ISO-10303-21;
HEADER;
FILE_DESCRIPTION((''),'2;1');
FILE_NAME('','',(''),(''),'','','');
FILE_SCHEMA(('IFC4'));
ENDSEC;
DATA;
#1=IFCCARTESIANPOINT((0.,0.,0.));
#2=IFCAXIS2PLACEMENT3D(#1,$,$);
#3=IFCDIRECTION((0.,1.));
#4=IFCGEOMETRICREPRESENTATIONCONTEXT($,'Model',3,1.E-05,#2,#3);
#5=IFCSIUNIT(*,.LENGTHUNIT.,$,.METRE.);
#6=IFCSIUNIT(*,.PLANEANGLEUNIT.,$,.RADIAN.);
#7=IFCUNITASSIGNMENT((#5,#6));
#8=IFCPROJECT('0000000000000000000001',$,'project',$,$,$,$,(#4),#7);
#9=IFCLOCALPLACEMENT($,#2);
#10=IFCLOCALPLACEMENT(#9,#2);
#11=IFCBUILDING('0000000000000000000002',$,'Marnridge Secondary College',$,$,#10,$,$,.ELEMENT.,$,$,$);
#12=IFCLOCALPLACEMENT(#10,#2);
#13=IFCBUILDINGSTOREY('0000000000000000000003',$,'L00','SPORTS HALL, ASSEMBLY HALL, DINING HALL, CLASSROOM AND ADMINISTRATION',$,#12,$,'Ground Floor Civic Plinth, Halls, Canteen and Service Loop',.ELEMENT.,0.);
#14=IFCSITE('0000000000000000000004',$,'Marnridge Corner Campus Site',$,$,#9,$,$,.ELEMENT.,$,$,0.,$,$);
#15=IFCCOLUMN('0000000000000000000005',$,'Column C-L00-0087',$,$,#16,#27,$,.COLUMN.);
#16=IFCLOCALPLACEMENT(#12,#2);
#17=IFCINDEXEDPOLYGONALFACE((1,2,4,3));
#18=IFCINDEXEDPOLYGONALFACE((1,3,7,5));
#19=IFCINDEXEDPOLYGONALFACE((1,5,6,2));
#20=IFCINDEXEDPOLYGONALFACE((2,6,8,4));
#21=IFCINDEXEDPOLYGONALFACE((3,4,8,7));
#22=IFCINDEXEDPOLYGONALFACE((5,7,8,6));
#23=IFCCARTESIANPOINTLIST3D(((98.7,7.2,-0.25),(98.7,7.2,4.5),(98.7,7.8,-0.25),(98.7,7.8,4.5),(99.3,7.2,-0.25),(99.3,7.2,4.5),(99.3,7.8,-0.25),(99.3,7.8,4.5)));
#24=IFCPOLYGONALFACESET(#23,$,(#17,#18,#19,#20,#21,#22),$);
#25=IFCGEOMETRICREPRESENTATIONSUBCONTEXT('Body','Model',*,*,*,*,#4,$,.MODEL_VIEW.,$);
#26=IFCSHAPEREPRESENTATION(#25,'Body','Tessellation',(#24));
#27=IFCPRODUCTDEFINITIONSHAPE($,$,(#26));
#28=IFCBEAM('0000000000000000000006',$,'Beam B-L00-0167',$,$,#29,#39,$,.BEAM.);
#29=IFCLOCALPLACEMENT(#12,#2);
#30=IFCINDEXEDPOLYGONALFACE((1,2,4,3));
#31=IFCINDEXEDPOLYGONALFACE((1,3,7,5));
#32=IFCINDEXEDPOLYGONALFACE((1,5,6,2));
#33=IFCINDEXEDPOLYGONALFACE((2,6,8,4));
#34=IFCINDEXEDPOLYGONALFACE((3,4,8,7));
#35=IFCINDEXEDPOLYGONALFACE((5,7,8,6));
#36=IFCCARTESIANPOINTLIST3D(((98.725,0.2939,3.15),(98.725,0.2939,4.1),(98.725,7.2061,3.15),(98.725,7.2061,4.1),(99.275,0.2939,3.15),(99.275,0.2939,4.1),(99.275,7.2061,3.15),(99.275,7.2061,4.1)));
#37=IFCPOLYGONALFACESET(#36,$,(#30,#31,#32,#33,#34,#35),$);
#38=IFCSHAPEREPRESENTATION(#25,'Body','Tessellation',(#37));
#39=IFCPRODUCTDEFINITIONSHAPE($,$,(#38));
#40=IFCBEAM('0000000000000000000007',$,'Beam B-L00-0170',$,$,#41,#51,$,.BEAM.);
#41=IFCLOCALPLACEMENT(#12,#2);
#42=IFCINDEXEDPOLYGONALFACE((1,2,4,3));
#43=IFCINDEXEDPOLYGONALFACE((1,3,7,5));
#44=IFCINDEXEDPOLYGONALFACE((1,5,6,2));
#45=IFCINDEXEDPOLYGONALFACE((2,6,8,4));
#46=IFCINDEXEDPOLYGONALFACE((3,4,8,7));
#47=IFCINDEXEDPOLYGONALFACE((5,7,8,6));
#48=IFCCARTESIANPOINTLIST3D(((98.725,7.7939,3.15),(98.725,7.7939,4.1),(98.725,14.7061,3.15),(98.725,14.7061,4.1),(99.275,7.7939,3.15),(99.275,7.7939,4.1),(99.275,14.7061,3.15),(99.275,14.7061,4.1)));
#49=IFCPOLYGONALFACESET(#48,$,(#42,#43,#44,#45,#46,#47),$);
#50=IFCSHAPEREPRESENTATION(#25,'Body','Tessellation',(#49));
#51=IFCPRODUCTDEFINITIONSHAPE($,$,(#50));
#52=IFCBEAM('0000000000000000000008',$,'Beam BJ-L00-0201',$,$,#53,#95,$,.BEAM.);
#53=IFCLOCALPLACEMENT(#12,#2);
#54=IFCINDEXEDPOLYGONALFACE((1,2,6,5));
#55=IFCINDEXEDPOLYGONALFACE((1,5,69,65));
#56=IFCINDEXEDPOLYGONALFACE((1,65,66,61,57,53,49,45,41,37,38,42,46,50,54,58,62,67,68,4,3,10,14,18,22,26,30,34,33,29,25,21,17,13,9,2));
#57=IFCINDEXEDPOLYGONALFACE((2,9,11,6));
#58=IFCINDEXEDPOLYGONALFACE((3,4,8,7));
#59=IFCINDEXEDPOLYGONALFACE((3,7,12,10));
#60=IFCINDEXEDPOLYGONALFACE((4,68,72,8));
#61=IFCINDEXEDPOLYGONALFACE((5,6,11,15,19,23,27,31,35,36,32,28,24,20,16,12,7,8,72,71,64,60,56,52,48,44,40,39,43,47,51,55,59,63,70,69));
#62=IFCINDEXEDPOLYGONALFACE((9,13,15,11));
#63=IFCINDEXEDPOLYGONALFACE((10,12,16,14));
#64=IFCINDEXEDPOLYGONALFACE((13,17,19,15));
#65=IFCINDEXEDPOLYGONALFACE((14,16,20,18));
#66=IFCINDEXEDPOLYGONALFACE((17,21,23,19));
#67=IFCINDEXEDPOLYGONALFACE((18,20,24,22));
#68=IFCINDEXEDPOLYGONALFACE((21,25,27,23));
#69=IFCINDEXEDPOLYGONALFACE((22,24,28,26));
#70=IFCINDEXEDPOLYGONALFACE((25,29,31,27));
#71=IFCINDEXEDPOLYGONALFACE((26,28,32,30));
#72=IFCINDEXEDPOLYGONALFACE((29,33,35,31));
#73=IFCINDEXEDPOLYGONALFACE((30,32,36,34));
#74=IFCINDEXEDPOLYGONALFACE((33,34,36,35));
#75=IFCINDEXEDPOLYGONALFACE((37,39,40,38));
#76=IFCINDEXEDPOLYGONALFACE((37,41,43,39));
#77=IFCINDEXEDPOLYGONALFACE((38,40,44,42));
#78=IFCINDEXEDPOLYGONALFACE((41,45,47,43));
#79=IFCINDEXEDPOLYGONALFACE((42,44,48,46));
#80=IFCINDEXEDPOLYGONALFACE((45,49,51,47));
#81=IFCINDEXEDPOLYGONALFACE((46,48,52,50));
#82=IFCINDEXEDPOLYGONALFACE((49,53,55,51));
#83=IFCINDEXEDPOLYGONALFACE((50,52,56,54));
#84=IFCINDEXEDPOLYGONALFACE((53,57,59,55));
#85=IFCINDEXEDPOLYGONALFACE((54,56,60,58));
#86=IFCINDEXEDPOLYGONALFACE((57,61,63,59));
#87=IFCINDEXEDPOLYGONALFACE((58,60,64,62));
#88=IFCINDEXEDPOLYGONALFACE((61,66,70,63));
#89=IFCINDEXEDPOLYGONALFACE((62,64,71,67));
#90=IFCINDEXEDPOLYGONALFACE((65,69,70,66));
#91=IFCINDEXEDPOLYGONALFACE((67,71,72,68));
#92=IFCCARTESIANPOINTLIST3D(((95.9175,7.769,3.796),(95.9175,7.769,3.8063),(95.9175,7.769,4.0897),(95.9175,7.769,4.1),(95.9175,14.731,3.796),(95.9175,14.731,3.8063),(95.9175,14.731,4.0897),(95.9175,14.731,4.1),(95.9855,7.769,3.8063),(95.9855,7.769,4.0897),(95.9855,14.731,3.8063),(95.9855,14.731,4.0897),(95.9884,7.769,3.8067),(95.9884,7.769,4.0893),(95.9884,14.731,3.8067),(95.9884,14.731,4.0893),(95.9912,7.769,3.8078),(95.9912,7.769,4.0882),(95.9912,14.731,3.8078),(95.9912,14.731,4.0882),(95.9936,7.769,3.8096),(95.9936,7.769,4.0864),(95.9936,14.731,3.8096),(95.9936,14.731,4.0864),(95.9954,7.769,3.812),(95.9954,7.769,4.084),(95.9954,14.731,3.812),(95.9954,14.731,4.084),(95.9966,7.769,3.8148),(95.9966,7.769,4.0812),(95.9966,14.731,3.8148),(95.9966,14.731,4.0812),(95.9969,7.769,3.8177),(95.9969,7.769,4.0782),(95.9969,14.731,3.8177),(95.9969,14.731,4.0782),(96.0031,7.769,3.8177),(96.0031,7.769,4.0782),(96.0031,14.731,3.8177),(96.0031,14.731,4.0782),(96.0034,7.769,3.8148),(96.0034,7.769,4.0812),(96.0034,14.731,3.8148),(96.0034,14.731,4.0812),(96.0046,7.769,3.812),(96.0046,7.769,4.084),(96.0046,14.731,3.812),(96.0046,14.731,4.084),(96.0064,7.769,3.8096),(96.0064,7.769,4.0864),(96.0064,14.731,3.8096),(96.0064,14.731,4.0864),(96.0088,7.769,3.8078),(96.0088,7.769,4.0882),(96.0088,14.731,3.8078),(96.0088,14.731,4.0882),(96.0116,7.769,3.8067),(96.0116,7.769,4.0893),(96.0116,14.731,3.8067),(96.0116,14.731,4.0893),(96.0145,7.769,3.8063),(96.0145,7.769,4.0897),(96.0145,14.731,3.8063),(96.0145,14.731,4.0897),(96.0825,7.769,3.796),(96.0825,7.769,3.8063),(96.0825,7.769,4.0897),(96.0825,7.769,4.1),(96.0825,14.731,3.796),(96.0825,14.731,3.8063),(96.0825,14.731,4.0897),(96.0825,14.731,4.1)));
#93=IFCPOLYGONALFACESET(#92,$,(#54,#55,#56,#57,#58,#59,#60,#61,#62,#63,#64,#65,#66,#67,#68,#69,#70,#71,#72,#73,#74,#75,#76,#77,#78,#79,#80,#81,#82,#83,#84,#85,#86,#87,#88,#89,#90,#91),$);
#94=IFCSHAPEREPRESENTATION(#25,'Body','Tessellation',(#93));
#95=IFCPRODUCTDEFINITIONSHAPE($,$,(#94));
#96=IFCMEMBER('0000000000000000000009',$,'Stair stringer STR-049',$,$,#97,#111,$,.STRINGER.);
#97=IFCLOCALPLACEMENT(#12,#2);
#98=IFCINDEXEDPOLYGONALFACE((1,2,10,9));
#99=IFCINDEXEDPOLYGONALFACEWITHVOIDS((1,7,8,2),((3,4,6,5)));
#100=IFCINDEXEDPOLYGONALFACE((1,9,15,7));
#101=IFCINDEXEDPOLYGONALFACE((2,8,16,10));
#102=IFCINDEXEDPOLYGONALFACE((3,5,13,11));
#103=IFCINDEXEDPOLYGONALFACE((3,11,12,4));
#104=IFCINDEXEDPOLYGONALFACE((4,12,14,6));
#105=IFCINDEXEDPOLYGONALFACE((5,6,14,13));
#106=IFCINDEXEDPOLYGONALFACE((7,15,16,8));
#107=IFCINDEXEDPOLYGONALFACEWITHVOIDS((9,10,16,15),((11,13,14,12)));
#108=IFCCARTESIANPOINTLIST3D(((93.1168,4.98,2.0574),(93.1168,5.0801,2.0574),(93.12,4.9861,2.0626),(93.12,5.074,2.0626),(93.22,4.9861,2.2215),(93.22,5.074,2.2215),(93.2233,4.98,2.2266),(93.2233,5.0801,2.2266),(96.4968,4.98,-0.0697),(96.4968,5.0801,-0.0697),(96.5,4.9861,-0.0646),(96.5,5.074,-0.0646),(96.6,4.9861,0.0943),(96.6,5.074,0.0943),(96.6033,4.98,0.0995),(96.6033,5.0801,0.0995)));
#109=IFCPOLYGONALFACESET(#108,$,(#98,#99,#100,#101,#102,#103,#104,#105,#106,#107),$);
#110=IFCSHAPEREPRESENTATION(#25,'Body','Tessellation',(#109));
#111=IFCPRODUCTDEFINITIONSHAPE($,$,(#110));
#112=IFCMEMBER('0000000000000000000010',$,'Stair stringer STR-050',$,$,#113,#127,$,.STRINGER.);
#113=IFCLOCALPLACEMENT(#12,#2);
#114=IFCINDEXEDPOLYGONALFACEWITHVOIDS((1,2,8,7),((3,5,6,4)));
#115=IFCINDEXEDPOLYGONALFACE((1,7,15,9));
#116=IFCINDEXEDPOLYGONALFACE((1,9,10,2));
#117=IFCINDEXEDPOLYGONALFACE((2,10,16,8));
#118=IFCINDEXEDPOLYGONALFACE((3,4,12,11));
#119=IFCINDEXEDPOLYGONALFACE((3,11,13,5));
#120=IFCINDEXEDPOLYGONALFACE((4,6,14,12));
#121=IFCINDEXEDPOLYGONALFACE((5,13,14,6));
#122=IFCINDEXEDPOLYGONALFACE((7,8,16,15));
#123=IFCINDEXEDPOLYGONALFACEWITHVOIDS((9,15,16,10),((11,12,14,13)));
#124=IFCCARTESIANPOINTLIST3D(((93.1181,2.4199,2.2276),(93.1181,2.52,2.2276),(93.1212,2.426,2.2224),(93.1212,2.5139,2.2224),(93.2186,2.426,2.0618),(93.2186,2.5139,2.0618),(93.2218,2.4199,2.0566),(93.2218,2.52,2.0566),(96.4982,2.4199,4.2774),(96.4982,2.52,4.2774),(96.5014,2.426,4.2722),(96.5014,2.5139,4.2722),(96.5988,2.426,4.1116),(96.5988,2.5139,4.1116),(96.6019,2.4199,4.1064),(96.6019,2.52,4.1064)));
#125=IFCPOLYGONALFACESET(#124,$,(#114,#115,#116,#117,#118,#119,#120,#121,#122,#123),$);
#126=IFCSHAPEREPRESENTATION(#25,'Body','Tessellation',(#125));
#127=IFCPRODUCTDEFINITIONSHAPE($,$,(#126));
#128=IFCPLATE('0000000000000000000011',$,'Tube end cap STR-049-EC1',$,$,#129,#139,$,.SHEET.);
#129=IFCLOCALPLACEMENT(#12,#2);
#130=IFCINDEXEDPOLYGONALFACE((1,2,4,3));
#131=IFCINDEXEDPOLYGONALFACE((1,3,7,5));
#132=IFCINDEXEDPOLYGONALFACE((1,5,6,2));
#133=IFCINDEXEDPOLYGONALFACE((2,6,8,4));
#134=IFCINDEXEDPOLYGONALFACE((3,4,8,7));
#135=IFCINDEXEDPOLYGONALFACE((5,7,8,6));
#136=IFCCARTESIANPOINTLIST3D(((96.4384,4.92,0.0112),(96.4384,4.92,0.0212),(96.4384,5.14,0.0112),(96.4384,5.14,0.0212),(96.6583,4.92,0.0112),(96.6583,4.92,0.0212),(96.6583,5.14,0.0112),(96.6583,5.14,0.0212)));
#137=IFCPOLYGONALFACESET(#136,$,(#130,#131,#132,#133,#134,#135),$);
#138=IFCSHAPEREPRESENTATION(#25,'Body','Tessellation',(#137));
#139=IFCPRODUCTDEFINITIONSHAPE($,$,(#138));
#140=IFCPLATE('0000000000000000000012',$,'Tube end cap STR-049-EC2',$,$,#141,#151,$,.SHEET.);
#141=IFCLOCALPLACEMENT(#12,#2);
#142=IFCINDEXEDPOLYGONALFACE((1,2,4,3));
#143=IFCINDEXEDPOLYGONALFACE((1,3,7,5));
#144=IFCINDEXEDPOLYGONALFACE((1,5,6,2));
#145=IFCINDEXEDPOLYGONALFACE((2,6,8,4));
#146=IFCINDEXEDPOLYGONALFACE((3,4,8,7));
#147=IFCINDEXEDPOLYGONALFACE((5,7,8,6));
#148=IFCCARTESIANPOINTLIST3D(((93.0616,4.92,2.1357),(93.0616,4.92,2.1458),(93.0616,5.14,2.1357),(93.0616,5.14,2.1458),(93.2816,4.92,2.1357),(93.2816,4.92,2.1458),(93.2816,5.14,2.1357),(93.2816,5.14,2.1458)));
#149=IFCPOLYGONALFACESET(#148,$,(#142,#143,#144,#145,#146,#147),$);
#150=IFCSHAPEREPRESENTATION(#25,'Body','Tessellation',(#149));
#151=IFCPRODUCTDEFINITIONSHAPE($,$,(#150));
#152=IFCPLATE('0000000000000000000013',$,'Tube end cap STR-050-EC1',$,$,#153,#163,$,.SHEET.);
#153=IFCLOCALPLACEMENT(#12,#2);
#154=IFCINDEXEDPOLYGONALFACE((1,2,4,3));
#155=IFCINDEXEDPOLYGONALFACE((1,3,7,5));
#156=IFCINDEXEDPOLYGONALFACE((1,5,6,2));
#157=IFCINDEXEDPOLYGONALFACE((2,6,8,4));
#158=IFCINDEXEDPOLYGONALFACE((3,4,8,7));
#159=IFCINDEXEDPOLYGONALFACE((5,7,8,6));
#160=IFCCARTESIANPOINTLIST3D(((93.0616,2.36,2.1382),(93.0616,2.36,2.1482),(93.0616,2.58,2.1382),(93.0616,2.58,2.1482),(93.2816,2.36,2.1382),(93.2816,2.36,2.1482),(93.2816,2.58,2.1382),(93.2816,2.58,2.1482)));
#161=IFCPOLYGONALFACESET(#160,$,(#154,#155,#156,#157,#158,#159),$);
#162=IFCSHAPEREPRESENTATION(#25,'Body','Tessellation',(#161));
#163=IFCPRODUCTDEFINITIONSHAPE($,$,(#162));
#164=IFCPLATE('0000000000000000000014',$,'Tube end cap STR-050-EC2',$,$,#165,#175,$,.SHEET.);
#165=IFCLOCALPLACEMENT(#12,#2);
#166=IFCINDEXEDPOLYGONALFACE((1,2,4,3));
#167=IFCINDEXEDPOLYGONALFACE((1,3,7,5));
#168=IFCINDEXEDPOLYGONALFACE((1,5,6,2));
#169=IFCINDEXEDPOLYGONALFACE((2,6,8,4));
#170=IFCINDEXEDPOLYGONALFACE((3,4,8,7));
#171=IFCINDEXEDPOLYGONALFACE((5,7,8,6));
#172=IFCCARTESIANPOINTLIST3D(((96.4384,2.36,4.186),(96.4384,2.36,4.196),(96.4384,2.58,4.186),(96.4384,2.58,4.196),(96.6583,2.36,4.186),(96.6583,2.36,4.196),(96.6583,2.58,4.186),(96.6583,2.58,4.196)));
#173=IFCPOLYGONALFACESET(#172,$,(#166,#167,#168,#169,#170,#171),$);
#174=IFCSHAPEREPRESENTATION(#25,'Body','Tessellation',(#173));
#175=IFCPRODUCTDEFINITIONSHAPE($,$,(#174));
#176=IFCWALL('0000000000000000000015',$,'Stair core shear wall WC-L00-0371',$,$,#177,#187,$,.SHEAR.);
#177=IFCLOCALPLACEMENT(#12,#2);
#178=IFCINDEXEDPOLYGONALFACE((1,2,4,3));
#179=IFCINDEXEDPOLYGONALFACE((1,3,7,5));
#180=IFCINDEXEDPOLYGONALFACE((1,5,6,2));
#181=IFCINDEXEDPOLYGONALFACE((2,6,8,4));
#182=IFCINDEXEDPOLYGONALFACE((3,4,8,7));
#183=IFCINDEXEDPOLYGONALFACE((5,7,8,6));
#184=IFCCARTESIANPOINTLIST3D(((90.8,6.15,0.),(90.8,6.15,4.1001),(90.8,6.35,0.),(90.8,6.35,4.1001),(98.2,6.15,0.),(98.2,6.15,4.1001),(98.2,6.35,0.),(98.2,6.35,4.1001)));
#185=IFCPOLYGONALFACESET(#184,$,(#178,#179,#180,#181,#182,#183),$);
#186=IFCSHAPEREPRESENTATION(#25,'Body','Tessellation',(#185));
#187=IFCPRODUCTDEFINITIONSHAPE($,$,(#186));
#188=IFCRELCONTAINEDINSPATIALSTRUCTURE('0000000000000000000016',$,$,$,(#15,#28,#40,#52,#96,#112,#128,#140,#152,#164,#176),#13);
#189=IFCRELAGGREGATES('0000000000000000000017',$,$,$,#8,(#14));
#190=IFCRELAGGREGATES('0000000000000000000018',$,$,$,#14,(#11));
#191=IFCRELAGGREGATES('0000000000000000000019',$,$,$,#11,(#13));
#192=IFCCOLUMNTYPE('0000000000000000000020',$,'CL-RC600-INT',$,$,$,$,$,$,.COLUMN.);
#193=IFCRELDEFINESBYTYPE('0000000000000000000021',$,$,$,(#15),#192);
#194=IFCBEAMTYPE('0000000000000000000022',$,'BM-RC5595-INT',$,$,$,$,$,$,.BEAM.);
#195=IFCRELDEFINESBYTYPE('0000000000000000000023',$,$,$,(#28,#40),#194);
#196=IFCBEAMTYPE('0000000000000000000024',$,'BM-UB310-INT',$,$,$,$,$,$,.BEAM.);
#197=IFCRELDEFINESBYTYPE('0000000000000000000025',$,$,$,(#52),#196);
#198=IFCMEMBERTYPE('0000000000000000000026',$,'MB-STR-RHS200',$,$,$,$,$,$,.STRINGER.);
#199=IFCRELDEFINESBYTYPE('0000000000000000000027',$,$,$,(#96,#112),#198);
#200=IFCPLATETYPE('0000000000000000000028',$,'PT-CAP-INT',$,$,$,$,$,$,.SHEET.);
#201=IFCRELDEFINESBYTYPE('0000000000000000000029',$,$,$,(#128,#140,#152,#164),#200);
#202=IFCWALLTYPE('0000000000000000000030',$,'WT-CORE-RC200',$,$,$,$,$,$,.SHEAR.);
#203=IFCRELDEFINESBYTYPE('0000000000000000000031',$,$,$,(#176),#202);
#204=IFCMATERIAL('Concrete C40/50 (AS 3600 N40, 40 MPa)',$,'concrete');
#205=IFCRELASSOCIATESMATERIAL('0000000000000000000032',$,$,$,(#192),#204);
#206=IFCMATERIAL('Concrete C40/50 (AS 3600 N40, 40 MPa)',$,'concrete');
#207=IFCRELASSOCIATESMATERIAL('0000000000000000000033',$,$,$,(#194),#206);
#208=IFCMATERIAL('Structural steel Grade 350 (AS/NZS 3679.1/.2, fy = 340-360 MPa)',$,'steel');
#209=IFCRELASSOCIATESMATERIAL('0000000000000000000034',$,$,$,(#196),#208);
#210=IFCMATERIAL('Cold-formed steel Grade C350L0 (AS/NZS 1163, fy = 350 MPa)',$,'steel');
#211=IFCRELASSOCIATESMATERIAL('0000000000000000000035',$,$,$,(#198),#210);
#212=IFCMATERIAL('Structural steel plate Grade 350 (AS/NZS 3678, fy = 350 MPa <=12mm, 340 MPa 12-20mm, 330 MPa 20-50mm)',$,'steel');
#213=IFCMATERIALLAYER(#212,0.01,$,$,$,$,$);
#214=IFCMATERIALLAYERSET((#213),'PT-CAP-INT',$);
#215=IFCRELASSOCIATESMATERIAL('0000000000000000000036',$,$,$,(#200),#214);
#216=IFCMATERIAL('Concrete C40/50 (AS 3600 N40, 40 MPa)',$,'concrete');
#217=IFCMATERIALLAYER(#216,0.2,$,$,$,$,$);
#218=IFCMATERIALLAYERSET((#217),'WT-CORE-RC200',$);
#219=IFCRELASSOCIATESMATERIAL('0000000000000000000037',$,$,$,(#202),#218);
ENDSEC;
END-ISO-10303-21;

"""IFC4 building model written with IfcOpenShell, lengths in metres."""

from ifc_helpers import new_model, si_unit, direction, frame, frame_2d, origin, origin_2d, place, context, subcontext, project, spatial, rectangle, hollow_rectangle, i_section, extrude, material, layer, layer_set, material_profile, profile_set, type_object, element, save


model = new_model("IFC4")

# Units and contexts
model_context = context("Model", 3, precision=1e-05, world=origin(), true_north=direction((0.0, 1.0)))
body_context = subcontext(model_context, "Body", "Model", "MODEL_VIEW")
ifc_project = project(units=[si_unit("LENGTHUNIT", "METRE"), si_unit("PLANEANGLEUNIT", "RADIAN")], contexts=[model_context])

# Site, building, storey
site_placement = place(None, origin())
site = spatial("IfcSite", under=ifc_project, at=site_placement, Name="Marnridge Corner Campus Site", CompositionType="ELEMENT", RefElevation=0.0)
building_placement = place(site_placement, origin())
building = spatial("IfcBuilding", under=site, at=building_placement, Name="Marnridge Secondary College", CompositionType="ELEMENT")
storey_placement = place(building_placement, origin())
storey = spatial("IfcBuildingStorey", under=building, at=storey_placement, Name="L00", Description="SPORTS HALL, ASSEMBLY HALL, DINING HALL, CLASSROOM AND ADMINISTRATION", LongName="Ground Floor Civic Plinth, Halls, Canteen and Service Loop", CompositionType="ELEMENT", Elevation=0.0)

# Column
ifc_material_1 = material(Name="Concrete C40/50 (AS 3600 N40, 40 MPa)", Category="concrete")
ifc_material_profile_1 = material_profile(ifc_material_1, rectangle(XDim=0.6001, YDim=0.6001, at=origin_2d()), Name="RC 600x600")
ifc_profile_set_1 = profile_set([ifc_material_profile_1], Name="Concrete C40/50 (AS 3600 N40, 40 MPa)")
column_type_1 = type_object("IfcColumnType", Name="CL-RC600-INT", PredefinedType="COLUMN", material=ifc_profile_set_1)
column_1_placement = place(storey_placement, frame((99.0, 7.5, -0.25), z_axis=(0.0, 0.0, 1.0), x_axis=(1.0, 0.0, 0.0)))
element("IfcColumn", 1, at=column_1_placement, inside=storey, type_object=column_type_1, Name="Column C-L00-0087", PredefinedType="COLUMN", context=body_context, shape_type="SweptSolid", body=[
    extrude(rectangle(XDim=0.6001, YDim=0.6001, at=origin_2d()), origin(), (0.0, 0.0, 1.0), 4.75),
])

# Beams
ifc_material_2 = material(Name="Concrete C40/50 (AS 3600 N40, 40 MPa)", Category="concrete")
ifc_material_profile_2 = material_profile(ifc_material_2, rectangle(XDim=0.55, YDim=0.95, at=origin_2d()), Name="RC 550x950")
ifc_profile_set_2 = profile_set([ifc_material_profile_2], Name="Concrete C40/50 (AS 3600 N40, 40 MPa)")
beam_type_1 = type_object("IfcBeamType", Name="BM-RC5595-INT", PredefinedType="BEAM", material=ifc_profile_set_2)
for number, where, z_axis, x_axis, name in (
    (2, (99.0, 0.2939, 3.625), (0.0, 1.0, 0.0), (-1.0, 0.0, 0.0), "Beam B-L00-0167"),
    (3, (99.0, 7.7939, 3.625), (0.0, 1.0, 0.0), (-1.0, 0.0, 0.0), "Beam B-L00-0170"),
):
    element("IfcBeam", number, at=place(storey_placement, frame(where, z_axis=z_axis, x_axis=x_axis)), inside=storey, type_object=beam_type_1, Name=name, PredefinedType="BEAM", context=body_context, shape_type="SweptSolid", body=[
        extrude(rectangle(XDim=0.55, YDim=0.95, at=origin_2d()), origin(), (0.0, 0.0, 1.0), 6.9121),
    ])
ifc_material_3 = material(Name="Structural steel Grade 350 (AS/NZS 3679.1/.2, fy = 340-360 MPa)", Category="steel")
ifc_material_profile_3 = material_profile(ifc_material_3, i_section(OverallWidth=0.165, OverallDepth=0.304, WebThickness=0.0061, FlangeThickness=0.0103, FilletRadius=0.0115, at=origin_2d()), Name="310UB40.4")
ifc_profile_set_3 = profile_set([ifc_material_profile_3], Name="Structural steel Grade 350 (AS/NZS 3679.1/.2, fy = 340-360 MPa)")
beam_type_2 = type_object("IfcBeamType", Name="BM-UB310-INT", PredefinedType="BEAM", material=ifc_profile_set_3)
beam_placement = place(storey_placement, frame((96.0, 7.769, 3.948), z_axis=(0.0, 1.0, 0.0), x_axis=(-1.0, 0.0, 0.0)))
element("IfcBeam", 4, at=beam_placement, inside=storey, type_object=beam_type_2, Name="Beam BJ-L00-0201", PredefinedType="BEAM", context=body_context, shape_type="SweptSolid", body=[
    extrude(i_section(OverallWidth=0.165, OverallDepth=0.304, WebThickness=0.0061, FlangeThickness=0.0103, FilletRadius=0.0115, at=origin_2d()), origin(), (0.0, 0.0, 1.0), 6.9619),
])

# Members
ifc_material_4 = material(Name="Cold-formed steel Grade C350L0 (AS/NZS 1163, fy = 350 MPa)", Category="steel")
ifc_material_profile_4 = material_profile(ifc_material_4, hollow_rectangle(XDim=0.1001, YDim=0.2, WallThickness=0.0061, at=origin_2d()), Name="200x100x6.0RHS")
ifc_profile_set_4 = profile_set([ifc_material_profile_4], Name="Cold-formed steel Grade C350L0 (AS/NZS 1163, fy = 350 MPa)")
member_type = type_object("IfcMemberType", Name="MB-STR-RHS200", PredefinedType="STRINGER", material=ifc_profile_set_4)
member_1_placement = place(storey_placement, frame((96.55, 5.03, 0.0149), z_axis=(-0.846349, 0.0, 0.532628), x_axis=(0.0, -1.0, 0.0)))
element("IfcMember", 5, at=member_1_placement, inside=storey, type_object=member_type, Name="Stair stringer STR-049", PredefinedType="STRINGER", context=body_context, shape_type="SweptSolid", body=[
    extrude(hollow_rectangle(XDim=0.1001, YDim=0.2, WallThickness=0.0061, at=origin_2d()), origin(), (0.0, 0.0, 1.0), 3.9937),
])
member_2_placement = place(storey_placement, frame((93.1699, 2.47, 2.1421), z_axis=(0.855058, 0.0, 0.518532), x_axis=(0.0, 1.0, 0.0)))
element("IfcMember", 6, at=member_2_placement, inside=storey, type_object=member_type, Name="Stair stringer STR-050", PredefinedType="STRINGER", context=body_context, shape_type="SweptSolid", body=[
    extrude(hollow_rectangle(XDim=0.1001, YDim=0.2, WallThickness=0.0061, at=origin_2d()), origin(), (0.0, 0.0, 1.0), 3.9531),
])

# Plates
ifc_material_5 = material(Name="Structural steel plate Grade 350 (AS/NZS 3678, fy = 350 MPa <=12mm, 340 MPa 12-20mm, 330 MPa 20-50mm)", Category="steel")
ifc_layer_1 = layer(ifc_material_5, 0.01)
ifc_layer_set_1 = layer_set([ifc_layer_1], Name="PT-CAP-INT")
plate_type = type_object("IfcPlateType", Name="PT-CAP-INT", PredefinedType="SHEET", material=ifc_layer_set_1)
for number, where, z_axis, x_axis, name in (
    (7, (96.5483, 5.03, 0.0112), (0.0, 0.0, 1.0), (-1.0, 0.0, 0.0), "Tube end cap STR-049-EC1"),
    (8, (93.1716, 5.03, 2.1357), (0.0, 0.0, 1.0), (-1.0, 0.0, 0.0), "Tube end cap STR-049-EC2"),
    (9, (93.1716, 2.47, 2.1382), (0.0, 0.0, 1.0), (1.0, 0.0, 0.0), "Tube end cap STR-050-EC1"),
    (10, (96.5483, 2.47, 4.186), (0.0, 0.0, 1.0), (1.0, 0.0, 0.0), "Tube end cap STR-050-EC2"),
):
    element("IfcPlate", number, at=place(storey_placement, frame(where, z_axis=z_axis, x_axis=x_axis)), inside=storey, type_object=plate_type, Name=name, PredefinedType="SHEET", context=body_context, shape_type="SweptSolid", body=[
        extrude(rectangle(XDim=0.22, YDim=0.22, at=origin_2d()), origin(), (0.0, 0.0, 1.0), 0.01),
    ])

# Shared definitions
ifc_material_6 = material(Name="Concrete C40/50 (AS 3600 N40, 40 MPa)", Category="concrete")
ifc_layer_2 = layer(ifc_material_6, 0.2)
ifc_layer_set_2 = layer_set([ifc_layer_2], Name="WT-CORE-RC200")
wall_type_1 = type_object("IfcWallType", Name="WT-CORE-RC200", PredefinedType="SHEAR", material=ifc_layer_set_2)

# Wall
wall_1_placement = place(storey_placement, frame((98.2, 6.25, 0.0), z_axis=(0.0, 0.0, 1.0), x_axis=(-1.0, 0.0, 0.0)))
element("IfcWall", 11, at=wall_1_placement, inside=storey, type_object=wall_type_1, Name="Stair core shear wall WC-L00-0371", PredefinedType="SHEAR", context=body_context, shape_type="SweptSolid", body=[
    extrude(rectangle(XDim=7.3999, YDim=0.2, at=frame_2d((3.7, 0.0))), origin(), (0.0, 0.0, 1.0), 4.1001),
])

save(model, "model.ifc")
